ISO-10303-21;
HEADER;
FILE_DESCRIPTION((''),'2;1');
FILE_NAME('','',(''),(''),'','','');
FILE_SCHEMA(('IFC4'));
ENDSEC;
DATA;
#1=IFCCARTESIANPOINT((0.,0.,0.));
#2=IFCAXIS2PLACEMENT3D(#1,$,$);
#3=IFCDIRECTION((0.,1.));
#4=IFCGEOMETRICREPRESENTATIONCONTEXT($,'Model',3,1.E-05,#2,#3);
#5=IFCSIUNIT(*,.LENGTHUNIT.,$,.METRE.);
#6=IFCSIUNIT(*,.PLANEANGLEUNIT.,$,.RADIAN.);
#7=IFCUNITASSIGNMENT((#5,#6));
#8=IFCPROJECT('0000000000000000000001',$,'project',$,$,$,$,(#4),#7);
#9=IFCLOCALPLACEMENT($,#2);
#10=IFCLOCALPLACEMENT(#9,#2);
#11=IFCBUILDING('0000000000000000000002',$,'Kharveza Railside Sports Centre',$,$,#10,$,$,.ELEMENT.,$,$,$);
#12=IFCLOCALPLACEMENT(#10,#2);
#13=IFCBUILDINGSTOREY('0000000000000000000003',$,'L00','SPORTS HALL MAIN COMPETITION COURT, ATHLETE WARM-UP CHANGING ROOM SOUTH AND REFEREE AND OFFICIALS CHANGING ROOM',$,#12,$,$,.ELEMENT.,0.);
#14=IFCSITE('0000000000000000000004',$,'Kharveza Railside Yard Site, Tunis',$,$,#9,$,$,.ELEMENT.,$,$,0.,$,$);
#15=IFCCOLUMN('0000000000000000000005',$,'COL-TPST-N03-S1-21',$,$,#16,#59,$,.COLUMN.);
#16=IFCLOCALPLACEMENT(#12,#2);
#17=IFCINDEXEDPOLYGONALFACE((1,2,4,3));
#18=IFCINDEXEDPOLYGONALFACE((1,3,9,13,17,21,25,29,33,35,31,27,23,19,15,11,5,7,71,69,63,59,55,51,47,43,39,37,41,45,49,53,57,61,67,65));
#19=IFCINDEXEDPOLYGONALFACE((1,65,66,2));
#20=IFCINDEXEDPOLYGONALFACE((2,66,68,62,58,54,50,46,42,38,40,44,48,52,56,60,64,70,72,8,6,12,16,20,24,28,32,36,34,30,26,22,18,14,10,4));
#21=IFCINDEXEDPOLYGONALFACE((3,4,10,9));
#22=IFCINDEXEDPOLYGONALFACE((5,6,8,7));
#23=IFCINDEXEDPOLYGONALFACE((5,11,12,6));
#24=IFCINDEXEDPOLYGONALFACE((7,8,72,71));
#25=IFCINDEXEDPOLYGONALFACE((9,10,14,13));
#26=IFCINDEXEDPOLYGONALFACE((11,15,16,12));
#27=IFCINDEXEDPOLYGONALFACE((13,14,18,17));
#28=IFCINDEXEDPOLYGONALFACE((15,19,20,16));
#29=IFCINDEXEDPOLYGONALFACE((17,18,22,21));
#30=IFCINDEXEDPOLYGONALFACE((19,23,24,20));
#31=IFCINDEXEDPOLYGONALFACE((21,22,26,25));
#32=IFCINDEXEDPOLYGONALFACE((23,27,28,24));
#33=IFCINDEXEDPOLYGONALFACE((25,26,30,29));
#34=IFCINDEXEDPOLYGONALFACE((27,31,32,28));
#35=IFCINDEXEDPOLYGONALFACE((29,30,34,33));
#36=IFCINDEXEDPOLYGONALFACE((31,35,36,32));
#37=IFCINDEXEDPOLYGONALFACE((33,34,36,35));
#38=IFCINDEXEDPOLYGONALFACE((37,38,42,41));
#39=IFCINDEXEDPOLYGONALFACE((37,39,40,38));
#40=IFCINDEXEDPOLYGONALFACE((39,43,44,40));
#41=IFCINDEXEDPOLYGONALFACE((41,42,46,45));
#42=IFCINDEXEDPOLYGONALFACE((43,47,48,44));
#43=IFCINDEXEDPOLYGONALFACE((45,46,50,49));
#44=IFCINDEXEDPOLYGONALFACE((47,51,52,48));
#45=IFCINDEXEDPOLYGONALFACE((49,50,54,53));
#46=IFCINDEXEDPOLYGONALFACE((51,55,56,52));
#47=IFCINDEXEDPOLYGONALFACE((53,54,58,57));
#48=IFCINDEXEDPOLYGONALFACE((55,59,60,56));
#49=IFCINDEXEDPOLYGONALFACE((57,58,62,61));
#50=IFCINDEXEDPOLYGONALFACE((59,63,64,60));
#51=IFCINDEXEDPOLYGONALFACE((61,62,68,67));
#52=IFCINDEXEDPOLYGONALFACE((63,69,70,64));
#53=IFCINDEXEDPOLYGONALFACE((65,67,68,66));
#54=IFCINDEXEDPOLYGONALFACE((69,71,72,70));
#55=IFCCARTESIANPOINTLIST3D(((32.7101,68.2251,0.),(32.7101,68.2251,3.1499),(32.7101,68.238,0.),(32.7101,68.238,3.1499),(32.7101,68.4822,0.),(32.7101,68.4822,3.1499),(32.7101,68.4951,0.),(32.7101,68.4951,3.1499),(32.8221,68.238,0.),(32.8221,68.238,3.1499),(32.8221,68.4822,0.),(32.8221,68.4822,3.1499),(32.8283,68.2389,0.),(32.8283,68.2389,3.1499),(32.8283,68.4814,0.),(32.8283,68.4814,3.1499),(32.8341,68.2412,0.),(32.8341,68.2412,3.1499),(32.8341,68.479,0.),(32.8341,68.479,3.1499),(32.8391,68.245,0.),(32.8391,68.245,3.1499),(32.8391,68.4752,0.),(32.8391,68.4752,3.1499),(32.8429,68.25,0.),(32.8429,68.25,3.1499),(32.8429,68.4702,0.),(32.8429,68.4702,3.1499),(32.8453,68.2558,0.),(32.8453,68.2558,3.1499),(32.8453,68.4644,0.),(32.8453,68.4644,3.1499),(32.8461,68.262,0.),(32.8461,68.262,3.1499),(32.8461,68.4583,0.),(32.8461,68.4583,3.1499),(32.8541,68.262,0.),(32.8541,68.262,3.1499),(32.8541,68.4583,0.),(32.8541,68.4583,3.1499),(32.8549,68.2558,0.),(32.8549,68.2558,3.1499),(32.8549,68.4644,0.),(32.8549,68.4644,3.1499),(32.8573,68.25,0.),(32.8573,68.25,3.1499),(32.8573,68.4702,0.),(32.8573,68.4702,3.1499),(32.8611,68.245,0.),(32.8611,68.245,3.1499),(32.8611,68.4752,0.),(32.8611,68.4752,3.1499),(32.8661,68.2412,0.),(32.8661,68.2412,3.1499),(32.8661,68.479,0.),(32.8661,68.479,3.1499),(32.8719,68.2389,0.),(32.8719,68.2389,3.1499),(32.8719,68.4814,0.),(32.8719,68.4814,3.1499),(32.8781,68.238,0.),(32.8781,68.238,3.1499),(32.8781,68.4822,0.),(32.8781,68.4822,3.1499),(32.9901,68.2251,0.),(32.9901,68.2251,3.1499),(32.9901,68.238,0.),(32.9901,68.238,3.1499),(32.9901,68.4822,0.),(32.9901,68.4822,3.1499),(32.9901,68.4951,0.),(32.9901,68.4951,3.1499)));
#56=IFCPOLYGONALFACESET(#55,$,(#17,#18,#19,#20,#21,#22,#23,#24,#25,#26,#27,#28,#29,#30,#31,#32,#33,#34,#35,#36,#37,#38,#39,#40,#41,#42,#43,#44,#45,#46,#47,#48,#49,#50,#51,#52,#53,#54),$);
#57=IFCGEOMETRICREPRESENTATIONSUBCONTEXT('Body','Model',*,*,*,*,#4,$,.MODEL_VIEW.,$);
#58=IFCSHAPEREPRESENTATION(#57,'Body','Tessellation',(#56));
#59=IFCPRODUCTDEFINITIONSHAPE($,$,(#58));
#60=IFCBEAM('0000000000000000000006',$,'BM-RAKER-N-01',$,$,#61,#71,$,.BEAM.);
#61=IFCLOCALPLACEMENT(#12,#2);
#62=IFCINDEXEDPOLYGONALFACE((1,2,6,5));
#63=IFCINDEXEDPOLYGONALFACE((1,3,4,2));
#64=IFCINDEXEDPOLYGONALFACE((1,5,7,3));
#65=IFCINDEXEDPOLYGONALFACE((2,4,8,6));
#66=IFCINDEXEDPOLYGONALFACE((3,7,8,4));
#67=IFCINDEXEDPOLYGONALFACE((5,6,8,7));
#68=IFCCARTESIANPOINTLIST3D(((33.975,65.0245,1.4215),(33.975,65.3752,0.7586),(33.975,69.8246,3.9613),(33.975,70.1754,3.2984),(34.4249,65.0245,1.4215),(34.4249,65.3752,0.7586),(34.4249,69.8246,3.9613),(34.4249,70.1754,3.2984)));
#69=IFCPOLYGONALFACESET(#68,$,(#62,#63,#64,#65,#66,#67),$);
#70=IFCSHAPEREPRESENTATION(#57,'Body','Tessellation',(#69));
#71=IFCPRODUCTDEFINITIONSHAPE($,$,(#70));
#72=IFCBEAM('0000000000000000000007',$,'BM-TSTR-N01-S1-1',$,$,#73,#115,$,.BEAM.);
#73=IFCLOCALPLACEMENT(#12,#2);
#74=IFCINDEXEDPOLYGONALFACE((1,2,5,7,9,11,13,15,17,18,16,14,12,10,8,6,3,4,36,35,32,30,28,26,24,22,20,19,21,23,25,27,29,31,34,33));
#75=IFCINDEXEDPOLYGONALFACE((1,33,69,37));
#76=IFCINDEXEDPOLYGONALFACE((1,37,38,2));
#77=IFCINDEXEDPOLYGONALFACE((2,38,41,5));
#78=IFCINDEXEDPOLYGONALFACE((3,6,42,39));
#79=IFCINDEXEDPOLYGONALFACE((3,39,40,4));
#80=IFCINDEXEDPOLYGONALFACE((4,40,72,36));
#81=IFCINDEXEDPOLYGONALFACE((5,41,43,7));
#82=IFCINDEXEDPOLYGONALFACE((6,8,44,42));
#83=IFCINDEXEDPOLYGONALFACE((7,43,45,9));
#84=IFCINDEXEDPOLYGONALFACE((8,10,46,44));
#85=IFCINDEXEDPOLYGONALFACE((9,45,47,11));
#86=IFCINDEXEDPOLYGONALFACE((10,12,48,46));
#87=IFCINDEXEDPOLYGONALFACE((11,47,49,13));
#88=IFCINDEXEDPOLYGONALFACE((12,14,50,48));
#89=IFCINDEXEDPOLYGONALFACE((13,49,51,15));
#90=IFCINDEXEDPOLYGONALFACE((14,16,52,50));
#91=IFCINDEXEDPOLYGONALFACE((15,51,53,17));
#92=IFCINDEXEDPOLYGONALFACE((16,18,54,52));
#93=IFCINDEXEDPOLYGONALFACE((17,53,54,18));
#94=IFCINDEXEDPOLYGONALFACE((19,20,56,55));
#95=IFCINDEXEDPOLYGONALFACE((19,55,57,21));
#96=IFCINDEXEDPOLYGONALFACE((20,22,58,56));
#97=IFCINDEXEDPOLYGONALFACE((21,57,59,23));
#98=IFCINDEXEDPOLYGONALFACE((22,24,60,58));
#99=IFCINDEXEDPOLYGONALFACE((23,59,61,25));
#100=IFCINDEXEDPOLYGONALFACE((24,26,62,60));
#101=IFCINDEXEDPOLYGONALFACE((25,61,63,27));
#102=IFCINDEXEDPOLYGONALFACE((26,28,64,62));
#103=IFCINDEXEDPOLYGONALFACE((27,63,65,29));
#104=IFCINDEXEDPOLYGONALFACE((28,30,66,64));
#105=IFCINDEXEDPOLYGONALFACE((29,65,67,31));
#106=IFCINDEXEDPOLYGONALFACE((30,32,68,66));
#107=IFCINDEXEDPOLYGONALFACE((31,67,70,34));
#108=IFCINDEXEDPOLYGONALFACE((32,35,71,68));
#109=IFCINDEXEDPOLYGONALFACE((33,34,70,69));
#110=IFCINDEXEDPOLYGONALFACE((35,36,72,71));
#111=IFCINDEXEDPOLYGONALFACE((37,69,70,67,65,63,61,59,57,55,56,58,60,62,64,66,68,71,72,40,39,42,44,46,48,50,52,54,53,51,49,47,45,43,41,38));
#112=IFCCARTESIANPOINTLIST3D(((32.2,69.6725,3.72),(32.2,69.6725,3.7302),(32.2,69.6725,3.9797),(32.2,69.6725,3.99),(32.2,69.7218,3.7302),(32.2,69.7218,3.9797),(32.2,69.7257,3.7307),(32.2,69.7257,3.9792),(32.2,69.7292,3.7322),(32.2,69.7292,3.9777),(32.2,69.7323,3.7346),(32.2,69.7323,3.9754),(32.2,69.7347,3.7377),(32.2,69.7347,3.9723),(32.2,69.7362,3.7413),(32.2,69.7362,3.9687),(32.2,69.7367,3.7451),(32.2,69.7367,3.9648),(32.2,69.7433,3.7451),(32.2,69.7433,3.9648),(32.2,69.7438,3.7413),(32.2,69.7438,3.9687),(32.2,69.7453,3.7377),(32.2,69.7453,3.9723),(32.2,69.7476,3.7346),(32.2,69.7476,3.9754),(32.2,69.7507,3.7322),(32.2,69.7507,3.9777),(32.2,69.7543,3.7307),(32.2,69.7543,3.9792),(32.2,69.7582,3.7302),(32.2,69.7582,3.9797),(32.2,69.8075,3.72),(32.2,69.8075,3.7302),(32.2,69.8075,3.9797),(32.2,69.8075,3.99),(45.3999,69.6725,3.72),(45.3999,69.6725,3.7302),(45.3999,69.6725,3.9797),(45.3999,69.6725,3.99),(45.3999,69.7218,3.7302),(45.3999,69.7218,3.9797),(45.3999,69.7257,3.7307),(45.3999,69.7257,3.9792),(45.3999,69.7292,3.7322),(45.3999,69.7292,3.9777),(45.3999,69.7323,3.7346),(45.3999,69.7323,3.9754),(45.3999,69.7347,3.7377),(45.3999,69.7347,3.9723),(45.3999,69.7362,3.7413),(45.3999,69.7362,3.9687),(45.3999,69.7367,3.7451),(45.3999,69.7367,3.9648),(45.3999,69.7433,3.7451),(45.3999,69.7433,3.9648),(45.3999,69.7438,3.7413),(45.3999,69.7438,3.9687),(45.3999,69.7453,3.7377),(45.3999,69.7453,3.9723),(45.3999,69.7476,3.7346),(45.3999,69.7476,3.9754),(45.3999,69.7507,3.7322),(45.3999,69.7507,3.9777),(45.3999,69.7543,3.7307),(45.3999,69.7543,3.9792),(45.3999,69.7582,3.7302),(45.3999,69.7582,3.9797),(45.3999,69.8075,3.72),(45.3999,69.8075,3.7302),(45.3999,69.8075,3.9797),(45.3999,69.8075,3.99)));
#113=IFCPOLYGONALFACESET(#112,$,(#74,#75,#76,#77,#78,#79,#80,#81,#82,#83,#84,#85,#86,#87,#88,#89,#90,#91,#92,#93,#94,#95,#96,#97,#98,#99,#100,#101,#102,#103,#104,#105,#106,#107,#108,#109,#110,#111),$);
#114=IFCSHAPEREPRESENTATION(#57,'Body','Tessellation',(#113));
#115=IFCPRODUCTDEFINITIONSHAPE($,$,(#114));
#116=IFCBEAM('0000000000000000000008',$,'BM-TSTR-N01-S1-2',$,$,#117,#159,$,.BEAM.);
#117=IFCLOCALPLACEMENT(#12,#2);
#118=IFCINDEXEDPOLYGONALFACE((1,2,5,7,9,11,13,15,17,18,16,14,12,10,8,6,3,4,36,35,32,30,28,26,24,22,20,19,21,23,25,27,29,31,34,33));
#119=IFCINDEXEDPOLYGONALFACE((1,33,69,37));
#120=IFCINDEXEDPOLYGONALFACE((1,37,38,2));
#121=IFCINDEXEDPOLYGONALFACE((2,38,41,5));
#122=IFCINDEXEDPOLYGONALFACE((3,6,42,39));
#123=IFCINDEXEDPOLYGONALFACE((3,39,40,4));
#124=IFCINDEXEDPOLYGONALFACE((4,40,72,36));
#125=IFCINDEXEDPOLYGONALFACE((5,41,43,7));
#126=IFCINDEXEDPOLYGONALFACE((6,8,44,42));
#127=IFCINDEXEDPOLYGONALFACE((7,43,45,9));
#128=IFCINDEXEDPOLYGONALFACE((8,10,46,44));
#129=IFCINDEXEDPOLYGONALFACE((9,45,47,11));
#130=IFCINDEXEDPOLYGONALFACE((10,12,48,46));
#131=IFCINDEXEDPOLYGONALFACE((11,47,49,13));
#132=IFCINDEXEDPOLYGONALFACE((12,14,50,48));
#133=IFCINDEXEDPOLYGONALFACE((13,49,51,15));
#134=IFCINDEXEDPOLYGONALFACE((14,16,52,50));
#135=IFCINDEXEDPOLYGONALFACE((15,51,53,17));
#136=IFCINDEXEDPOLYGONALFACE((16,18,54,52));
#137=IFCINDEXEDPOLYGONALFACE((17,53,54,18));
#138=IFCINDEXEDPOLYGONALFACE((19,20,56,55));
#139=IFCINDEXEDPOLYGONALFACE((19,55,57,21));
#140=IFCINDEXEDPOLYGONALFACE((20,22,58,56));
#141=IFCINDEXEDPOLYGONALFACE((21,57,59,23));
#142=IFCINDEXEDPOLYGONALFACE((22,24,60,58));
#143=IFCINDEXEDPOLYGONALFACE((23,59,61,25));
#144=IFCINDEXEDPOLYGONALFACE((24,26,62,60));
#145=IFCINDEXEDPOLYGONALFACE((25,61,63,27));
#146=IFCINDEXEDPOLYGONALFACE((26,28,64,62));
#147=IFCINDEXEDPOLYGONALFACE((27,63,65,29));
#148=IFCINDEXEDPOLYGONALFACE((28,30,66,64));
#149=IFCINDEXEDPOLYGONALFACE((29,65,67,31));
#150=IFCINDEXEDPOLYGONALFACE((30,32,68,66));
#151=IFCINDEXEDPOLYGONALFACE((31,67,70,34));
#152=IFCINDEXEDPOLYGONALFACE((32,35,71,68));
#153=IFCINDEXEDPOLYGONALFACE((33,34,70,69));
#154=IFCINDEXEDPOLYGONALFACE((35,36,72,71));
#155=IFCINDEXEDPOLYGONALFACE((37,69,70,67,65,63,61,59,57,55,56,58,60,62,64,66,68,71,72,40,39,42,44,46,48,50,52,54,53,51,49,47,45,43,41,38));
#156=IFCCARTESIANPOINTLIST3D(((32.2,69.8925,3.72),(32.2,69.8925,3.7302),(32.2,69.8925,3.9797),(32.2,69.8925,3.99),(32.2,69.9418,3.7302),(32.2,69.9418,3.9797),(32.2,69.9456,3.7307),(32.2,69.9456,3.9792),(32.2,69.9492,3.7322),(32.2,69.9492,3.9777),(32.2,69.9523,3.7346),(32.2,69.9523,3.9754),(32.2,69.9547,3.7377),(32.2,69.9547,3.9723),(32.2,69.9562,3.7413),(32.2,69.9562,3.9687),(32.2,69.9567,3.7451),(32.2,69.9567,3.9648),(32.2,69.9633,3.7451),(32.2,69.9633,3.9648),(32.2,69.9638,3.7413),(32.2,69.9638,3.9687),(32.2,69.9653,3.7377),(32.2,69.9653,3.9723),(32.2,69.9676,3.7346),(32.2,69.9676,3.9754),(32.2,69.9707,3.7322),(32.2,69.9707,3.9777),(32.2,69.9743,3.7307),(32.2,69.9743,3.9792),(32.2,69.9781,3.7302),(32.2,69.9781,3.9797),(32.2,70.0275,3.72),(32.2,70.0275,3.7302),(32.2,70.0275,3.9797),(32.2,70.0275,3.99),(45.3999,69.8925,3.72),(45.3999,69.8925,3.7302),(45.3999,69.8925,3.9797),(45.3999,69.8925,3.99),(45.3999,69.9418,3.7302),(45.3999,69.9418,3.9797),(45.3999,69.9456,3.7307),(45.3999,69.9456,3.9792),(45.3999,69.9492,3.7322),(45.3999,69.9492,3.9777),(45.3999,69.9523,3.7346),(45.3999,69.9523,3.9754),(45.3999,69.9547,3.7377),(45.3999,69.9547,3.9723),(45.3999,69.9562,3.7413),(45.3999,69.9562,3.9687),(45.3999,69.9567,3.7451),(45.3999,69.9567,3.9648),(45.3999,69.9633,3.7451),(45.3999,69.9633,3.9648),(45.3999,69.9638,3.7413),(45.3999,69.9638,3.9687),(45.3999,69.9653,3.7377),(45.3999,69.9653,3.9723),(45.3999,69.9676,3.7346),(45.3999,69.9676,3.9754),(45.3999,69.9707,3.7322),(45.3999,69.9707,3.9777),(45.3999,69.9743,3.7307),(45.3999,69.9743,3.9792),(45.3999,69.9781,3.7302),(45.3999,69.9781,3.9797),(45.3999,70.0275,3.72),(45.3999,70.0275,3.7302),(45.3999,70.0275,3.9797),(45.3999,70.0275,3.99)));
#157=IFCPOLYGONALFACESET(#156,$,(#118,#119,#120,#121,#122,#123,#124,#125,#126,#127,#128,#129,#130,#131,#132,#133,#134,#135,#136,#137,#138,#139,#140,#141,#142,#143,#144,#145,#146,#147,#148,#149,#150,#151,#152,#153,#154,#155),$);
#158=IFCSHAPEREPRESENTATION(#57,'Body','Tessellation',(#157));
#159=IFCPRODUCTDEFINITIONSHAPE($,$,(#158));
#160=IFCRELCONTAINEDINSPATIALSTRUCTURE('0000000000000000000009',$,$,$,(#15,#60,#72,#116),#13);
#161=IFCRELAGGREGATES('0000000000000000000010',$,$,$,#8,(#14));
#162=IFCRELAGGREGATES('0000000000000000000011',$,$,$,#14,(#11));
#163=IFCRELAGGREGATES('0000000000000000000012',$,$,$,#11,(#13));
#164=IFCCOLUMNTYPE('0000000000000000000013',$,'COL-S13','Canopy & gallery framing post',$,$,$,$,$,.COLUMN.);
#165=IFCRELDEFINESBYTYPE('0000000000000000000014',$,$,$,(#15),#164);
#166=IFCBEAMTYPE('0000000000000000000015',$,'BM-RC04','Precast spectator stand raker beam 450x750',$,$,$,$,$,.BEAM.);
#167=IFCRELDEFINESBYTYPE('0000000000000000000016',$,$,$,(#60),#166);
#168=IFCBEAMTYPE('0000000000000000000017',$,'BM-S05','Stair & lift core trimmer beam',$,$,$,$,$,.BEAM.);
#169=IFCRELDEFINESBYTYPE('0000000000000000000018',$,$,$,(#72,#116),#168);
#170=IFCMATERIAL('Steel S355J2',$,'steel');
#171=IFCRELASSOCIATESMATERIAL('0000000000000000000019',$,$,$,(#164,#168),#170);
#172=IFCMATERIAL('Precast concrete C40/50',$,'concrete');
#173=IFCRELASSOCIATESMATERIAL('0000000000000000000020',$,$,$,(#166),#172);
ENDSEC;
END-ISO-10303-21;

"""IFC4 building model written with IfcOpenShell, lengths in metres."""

from ifc_helpers import new_model, si_unit, direction, frame, origin, origin_2d, place, context, subcontext, project, spatial, rectangle, i_section, extrude, material, material_profile, profile_set, type_object, element, save


model = new_model("IFC4")

# Units and contexts
model_context = context("Model", 3, precision=1e-05, world=origin(), true_north=direction((0.0, 1.0)))
body_context = subcontext(model_context, "Body", "Model", "MODEL_VIEW")
ifc_project = project(units=[si_unit("LENGTHUNIT", "METRE"), si_unit("PLANEANGLEUNIT", "RADIAN")], contexts=[model_context])

# Site, building, storey
site_placement = place(None, origin())
site = spatial("IfcSite", under=ifc_project, at=site_placement, Name="Kharveza Railside Yard Site, Tunis", CompositionType="ELEMENT", RefElevation=0.0)
building_placement = place(site_placement, origin())
building = spatial("IfcBuilding", under=site, at=building_placement, Name="Kharveza Railside Sports Centre", CompositionType="ELEMENT")
storey_placement = place(building_placement, origin())
storey = spatial("IfcBuildingStorey", under=building, at=storey_placement, Name="L00", Description="SPORTS HALL MAIN COMPETITION COURT, ATHLETE WARM-UP CHANGING ROOM SOUTH AND REFEREE AND OFFICIALS CHANGING ROOM", CompositionType="ELEMENT", Elevation=0.0)

# Column
ifc_material_1 = material(Name="Steel S355J2", Category="steel")
ifc_material_profile_1 = material_profile(ifc_material_1, i_section(OverallWidth=0.28, OverallDepth=0.27, WebThickness=0.0081, FlangeThickness=0.0129, FilletRadius=0.0239, at=origin_2d()), Name="HEA 280")
ifc_profile_set_1 = profile_set([ifc_material_profile_1], Name="Steel S355J2")
column_type_1 = type_object("IfcColumnType", Name="COL-S13", Description="Canopy & gallery framing post", PredefinedType="COLUMN", material=ifc_profile_set_1)
for number, where, z_axis, x_axis, name in (
    (1, (32.8501, 68.3601, 0.0), (0.0, 0.0, 1.0), (1.0, 0.0, 0.0), "COL-TPST-N03-S1-21"),
):
    element("IfcColumn", number, at=place(storey_placement, frame(where, z_axis=z_axis, x_axis=x_axis)), inside=storey, type_object=column_type_1, Name=name, PredefinedType="COLUMN", context=body_context, shape_type="SweptSolid", body=[
        extrude(i_section(OverallWidth=0.28, OverallDepth=0.27, WebThickness=0.0081, FlangeThickness=0.0129, FilletRadius=0.0239, at=origin_2d()), origin(), (0.0, 0.0, 1.0), 3.1499),
    ])

# Beams
ifc_material_2 = material(Name="Precast concrete C40/50", Category="concrete")
ifc_material_profile_2 = material_profile(ifc_material_2, rectangle(XDim=0.45, YDim=0.75, at=origin_2d()), Name="RCB 450x750")
ifc_profile_set_2 = profile_set([ifc_material_profile_2], Name="Precast concrete C40/50")
beam_type_1 = type_object("IfcBeamType", Name="BM-RC04", Description="Precast spectator stand raker beam 450x750", PredefinedType="BEAM", material=ifc_profile_set_2)
beam_1_placement = place(storey_placement, frame((34.2, 70.0, 3.6299), z_axis=(0.0, -0.883895, -0.467685), x_axis=(1.0, 0.0, 0.0)))
element("IfcBeam", 2, at=beam_1_placement, inside=storey, type_object=beam_type_1, Name="BM-RAKER-N-01", PredefinedType="BEAM", context=body_context, shape_type="SweptSolid", body=[
    extrude(rectangle(XDim=0.45, YDim=0.75, at=origin_2d()), origin(), (0.0, 0.0, 1.0), 5.4307),
])
ifc_material_profile_3 = material_profile(ifc_material_1, i_section(OverallWidth=0.135, OverallDepth=0.27, WebThickness=0.0066, FlangeThickness=0.0103, FilletRadius=0.0149, at=origin_2d()), Name="IPE 270")
ifc_profile_set_3 = profile_set([ifc_material_profile_3], Name="Steel S355J2")
beam_type_2 = type_object("IfcBeamType", Name="BM-S05", Description="Stair & lift core trimmer beam", PredefinedType="BEAM", material=ifc_profile_set_3)
for number, where, z_axis, x_axis, name in (
    (3, (32.2, 69.74, 3.855), (1.0, 0.0, 0.0), (0.0, 1.0, 0.0), "BM-TSTR-N01-S1-1"),
    (4, (32.2, 69.96, 3.855), (1.0, 0.0, 0.0), (0.0, 1.0, 0.0), "BM-TSTR-N01-S1-2"),
):
    element("IfcBeam", number, at=place(storey_placement, frame(where, z_axis=z_axis, x_axis=x_axis)), inside=storey, type_object=beam_type_2, Name=name, PredefinedType="BEAM", context=body_context, shape_type="SweptSolid", body=[
        extrude(i_section(OverallWidth=0.135, OverallDepth=0.27, WebThickness=0.0066, FlangeThickness=0.0103, FilletRadius=0.0149, at=origin_2d()), origin(), (0.0, 0.0, 1.0), 13.2),
    ])

save(model, "model.ifc")
